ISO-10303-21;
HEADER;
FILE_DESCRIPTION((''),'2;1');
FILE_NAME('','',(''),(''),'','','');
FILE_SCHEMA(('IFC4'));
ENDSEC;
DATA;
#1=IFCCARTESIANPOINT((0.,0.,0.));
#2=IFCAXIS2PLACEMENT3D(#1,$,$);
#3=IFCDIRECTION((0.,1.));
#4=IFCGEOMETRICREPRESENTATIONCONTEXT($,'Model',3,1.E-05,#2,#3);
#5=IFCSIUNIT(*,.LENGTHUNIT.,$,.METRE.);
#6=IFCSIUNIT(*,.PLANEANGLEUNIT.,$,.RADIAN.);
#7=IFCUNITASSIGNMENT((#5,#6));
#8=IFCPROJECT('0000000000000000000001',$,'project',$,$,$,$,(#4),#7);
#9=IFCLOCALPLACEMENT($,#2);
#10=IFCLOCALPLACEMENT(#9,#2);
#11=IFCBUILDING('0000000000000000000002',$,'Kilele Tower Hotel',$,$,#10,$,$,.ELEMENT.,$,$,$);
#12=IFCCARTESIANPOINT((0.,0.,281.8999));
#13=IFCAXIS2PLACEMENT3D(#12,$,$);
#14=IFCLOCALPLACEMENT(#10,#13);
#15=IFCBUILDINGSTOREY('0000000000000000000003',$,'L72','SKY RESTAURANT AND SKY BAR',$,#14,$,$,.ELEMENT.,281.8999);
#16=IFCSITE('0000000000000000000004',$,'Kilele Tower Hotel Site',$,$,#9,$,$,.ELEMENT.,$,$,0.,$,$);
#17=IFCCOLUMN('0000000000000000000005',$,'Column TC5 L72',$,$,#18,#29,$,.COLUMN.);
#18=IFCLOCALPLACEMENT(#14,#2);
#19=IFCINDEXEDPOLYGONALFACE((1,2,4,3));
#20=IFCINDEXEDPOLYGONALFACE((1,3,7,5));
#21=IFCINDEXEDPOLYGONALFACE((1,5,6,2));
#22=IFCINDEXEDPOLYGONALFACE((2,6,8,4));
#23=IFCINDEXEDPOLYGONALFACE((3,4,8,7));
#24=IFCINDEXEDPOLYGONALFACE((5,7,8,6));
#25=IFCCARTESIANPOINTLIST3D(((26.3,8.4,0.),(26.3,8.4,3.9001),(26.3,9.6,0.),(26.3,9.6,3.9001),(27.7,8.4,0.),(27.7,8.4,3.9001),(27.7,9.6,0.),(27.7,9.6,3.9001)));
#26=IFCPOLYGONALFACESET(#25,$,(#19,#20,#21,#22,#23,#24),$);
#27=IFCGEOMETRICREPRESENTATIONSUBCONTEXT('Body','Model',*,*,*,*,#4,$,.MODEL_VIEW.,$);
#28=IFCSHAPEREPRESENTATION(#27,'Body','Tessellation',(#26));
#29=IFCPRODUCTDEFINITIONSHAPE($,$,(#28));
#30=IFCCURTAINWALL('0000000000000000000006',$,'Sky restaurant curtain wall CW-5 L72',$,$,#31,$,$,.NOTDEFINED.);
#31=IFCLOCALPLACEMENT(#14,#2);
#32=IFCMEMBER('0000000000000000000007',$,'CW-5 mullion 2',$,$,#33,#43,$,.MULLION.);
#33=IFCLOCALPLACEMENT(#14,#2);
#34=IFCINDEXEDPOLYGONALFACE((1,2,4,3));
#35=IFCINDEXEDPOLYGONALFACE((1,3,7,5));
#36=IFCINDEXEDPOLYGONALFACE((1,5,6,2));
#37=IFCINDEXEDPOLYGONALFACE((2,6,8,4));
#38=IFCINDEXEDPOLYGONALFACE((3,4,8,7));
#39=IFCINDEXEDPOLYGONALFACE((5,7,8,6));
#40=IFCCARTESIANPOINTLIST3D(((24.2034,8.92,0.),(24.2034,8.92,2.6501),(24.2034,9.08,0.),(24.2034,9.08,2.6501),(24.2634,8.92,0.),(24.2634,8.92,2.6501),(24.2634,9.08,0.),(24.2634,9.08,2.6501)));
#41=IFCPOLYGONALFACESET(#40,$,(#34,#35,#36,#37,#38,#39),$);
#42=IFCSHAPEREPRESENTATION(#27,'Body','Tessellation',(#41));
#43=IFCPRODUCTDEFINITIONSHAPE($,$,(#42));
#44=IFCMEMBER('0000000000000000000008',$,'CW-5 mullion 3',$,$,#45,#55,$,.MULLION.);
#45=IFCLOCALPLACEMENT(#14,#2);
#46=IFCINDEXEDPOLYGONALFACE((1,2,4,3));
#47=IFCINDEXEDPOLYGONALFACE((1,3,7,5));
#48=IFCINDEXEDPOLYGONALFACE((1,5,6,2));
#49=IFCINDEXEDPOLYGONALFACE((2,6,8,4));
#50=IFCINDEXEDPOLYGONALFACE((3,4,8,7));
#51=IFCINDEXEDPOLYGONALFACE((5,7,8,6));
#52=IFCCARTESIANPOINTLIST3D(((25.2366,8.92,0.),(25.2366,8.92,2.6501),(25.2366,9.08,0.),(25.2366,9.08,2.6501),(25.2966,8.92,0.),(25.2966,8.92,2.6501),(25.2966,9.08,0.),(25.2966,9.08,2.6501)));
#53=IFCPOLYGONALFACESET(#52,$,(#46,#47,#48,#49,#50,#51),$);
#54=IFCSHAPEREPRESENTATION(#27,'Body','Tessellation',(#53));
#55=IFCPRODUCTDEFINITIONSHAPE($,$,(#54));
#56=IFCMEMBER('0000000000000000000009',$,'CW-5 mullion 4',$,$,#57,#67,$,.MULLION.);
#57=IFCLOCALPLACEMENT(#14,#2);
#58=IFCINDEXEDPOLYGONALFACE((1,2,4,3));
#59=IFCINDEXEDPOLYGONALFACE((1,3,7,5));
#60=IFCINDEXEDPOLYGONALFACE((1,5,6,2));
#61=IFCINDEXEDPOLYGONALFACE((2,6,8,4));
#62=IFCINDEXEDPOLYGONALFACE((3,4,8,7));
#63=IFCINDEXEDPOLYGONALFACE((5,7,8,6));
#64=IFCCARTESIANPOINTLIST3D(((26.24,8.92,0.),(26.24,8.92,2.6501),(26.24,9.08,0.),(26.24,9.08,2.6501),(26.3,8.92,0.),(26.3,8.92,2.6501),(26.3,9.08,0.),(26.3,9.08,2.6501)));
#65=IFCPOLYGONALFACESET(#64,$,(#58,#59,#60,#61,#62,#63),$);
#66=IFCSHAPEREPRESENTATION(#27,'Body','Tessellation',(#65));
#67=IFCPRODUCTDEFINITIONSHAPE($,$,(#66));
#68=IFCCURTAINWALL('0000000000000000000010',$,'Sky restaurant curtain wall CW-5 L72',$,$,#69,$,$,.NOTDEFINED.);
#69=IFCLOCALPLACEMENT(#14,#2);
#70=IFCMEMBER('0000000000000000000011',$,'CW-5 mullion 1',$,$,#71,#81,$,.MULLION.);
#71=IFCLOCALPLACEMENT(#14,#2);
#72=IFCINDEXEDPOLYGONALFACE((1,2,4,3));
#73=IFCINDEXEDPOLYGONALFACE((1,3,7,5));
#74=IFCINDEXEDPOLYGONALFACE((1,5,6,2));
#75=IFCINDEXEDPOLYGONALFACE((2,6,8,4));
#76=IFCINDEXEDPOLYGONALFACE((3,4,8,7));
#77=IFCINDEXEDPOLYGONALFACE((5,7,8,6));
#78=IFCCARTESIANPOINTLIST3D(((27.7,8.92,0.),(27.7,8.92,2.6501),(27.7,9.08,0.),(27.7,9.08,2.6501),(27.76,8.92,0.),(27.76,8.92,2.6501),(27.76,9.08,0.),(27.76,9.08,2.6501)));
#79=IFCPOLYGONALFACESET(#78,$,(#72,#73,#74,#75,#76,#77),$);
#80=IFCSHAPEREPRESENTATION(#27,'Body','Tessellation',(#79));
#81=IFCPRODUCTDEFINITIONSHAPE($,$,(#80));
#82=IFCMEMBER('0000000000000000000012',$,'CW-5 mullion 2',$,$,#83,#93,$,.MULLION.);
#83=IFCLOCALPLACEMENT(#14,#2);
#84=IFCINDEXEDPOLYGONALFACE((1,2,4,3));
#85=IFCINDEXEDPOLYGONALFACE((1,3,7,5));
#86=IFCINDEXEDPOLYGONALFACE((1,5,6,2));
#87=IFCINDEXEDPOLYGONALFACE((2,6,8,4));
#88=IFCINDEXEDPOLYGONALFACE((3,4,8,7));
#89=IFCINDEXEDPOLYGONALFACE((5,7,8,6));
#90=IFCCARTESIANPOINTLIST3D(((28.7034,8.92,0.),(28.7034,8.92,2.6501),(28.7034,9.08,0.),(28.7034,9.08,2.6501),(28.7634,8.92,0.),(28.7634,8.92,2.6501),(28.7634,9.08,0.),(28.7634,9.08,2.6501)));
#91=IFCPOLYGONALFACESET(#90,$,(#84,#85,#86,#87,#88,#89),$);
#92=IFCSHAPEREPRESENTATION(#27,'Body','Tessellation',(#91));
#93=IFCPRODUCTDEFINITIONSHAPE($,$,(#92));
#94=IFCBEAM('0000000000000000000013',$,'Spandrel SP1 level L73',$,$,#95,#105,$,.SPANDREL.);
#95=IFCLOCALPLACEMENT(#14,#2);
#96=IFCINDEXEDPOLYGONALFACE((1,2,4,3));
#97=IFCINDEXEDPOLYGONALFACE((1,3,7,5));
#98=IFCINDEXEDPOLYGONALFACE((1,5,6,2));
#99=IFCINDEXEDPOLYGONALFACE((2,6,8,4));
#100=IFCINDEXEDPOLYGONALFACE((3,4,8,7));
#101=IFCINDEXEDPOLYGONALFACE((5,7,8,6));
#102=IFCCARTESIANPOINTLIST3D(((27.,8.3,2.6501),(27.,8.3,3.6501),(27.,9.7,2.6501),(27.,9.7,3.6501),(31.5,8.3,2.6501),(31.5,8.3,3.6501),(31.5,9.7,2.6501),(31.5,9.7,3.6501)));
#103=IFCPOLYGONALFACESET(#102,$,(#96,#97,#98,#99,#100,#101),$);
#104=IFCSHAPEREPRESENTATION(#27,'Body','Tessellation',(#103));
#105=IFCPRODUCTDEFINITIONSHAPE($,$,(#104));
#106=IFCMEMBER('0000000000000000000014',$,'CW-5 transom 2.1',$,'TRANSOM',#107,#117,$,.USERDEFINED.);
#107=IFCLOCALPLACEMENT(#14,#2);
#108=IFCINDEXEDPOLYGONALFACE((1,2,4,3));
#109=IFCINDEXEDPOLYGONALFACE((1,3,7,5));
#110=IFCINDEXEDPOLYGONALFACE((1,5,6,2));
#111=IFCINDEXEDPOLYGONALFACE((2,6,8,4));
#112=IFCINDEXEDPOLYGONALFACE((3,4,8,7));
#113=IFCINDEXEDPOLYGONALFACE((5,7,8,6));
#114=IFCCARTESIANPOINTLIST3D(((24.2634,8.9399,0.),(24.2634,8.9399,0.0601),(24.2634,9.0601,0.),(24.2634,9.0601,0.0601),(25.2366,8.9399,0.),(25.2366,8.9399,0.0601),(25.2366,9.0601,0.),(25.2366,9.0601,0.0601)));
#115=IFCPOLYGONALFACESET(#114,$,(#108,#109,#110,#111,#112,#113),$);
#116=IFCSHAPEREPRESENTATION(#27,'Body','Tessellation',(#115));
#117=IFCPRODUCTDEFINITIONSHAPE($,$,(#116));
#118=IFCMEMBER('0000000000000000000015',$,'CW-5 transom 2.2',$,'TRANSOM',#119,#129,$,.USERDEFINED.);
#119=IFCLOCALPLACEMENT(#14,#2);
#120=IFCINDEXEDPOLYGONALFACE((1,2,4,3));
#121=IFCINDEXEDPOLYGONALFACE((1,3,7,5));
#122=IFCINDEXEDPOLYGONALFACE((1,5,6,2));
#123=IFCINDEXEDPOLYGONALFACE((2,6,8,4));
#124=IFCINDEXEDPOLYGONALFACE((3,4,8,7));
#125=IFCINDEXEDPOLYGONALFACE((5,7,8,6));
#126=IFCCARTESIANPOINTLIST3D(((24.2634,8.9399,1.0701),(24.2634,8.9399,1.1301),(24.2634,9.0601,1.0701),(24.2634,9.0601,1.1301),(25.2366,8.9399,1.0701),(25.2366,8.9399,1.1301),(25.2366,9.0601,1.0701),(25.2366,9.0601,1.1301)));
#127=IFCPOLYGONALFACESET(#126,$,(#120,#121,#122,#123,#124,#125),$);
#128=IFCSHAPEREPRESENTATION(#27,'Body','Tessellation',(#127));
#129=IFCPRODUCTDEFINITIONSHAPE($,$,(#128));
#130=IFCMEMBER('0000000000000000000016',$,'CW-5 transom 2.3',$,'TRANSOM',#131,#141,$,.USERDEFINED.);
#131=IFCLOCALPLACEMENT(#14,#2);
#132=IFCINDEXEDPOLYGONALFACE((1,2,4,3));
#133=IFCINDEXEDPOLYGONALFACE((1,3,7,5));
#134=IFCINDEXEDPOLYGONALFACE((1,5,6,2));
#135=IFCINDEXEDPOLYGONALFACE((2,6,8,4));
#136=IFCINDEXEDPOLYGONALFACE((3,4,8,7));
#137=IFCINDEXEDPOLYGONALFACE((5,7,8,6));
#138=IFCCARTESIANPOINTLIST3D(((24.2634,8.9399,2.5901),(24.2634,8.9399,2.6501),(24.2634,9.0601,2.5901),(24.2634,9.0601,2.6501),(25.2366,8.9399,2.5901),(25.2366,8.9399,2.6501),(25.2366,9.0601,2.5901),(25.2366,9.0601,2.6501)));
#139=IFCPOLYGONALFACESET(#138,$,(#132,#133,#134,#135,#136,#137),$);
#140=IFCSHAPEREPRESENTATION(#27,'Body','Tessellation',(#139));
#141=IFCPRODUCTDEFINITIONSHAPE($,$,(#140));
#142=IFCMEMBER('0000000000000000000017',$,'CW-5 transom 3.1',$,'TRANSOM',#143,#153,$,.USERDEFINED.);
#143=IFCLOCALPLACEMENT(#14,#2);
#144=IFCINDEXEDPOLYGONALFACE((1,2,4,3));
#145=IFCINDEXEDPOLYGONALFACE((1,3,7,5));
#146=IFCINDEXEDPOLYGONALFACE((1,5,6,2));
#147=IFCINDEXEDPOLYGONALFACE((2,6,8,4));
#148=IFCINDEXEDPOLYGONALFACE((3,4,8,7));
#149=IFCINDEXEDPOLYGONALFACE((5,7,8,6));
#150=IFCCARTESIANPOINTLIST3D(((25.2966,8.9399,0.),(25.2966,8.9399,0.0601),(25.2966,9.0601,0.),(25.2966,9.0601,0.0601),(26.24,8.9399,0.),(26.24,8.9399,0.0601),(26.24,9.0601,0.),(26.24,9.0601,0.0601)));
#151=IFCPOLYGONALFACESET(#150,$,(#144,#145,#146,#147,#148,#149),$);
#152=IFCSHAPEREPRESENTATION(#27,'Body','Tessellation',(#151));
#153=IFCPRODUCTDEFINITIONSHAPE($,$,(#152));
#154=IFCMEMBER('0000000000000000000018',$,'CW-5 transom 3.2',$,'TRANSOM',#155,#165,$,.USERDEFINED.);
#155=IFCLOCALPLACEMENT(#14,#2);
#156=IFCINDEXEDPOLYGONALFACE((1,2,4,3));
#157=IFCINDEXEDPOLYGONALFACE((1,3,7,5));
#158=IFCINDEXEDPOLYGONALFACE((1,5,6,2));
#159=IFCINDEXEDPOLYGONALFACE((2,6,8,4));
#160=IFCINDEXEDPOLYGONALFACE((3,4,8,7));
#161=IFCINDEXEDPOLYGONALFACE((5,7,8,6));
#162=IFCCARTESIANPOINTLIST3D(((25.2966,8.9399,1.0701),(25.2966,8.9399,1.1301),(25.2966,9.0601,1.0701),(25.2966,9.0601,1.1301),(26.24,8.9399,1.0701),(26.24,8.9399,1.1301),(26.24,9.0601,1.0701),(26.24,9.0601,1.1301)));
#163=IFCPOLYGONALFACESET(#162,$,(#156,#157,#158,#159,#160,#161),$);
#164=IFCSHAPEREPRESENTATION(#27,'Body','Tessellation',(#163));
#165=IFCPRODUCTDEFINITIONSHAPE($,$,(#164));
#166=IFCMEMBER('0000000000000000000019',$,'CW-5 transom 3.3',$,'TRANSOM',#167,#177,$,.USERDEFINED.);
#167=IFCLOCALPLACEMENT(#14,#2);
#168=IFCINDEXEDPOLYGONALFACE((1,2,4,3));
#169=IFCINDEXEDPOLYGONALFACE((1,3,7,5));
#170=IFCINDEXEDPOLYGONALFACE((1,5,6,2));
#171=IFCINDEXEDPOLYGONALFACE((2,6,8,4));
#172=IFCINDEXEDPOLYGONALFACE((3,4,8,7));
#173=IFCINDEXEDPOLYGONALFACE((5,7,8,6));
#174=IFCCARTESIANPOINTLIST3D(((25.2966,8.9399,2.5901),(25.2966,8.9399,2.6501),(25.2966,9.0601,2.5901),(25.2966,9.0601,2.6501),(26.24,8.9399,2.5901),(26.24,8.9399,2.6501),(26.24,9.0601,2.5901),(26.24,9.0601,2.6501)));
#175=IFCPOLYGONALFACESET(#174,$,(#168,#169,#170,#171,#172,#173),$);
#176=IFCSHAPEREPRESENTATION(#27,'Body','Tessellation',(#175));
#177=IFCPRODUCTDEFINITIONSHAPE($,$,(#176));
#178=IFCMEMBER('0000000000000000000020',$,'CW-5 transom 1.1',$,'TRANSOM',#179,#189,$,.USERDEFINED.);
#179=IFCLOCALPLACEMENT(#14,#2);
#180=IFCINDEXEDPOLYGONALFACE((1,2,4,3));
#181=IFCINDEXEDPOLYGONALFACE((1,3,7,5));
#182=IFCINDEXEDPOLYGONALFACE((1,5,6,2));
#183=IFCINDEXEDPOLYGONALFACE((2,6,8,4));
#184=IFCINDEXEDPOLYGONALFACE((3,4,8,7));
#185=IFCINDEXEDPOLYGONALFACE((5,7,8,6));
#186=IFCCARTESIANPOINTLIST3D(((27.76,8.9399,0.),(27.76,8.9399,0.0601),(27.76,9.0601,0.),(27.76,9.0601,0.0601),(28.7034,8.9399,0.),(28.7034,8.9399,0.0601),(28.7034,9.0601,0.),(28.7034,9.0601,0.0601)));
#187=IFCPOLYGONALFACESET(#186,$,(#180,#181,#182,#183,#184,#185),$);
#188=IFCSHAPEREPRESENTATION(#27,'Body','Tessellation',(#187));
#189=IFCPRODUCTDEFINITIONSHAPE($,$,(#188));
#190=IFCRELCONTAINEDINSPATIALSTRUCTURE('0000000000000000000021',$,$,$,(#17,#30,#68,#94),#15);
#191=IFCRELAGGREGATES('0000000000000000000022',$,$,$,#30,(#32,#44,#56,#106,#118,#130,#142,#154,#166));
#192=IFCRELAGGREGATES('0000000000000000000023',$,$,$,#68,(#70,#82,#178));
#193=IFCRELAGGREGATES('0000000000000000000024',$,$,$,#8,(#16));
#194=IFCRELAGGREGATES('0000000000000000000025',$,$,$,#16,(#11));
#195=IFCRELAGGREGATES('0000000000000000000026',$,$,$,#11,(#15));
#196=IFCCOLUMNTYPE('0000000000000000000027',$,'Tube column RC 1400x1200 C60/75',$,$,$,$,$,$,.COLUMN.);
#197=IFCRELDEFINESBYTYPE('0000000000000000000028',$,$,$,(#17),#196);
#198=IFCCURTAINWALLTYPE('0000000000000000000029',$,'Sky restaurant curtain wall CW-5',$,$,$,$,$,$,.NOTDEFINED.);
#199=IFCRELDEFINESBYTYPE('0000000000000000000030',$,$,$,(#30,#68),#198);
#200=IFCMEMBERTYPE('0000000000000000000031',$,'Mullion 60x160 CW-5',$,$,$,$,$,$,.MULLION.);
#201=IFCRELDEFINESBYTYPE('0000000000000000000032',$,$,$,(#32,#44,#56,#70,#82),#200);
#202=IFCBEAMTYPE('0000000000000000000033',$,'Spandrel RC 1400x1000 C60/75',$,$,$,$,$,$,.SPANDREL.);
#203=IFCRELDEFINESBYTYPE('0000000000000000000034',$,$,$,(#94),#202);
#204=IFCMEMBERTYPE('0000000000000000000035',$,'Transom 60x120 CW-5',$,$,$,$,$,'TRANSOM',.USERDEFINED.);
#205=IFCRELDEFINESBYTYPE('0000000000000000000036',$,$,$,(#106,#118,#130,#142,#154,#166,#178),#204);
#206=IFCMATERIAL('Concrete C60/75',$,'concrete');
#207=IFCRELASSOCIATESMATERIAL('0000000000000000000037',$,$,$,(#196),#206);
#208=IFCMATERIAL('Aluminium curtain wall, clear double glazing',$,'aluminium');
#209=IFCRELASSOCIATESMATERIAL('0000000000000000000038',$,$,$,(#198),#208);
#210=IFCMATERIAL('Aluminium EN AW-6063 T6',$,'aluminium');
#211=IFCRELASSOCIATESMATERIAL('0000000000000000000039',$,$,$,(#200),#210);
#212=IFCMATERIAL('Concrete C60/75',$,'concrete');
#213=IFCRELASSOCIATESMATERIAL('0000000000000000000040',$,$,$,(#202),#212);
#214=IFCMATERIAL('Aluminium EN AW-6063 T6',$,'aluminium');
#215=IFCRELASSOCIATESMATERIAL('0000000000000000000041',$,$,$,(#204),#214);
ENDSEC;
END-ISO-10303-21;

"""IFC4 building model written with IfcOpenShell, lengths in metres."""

from ifc_helpers import new_model, si_unit, direction, frame, origin, origin_2d, place, context, subcontext, project, spatial, rectangle, extrude, material, material_profile, profile_set, type_object, element, aggregate, save


model = new_model("IFC4")

# Units and contexts
model_context = context("Model", 3, precision=1e-05, world=origin(), true_north=direction((0.0, 1.0)))
body_context = subcontext(model_context, "Body", "Model", "MODEL_VIEW")
ifc_project = project(units=[si_unit("LENGTHUNIT", "METRE"), si_unit("PLANEANGLEUNIT", "RADIAN")], contexts=[model_context])

# Site, building, storey
site_placement = place(None, origin())
site = spatial("IfcSite", under=ifc_project, at=site_placement, Name="Kilele Tower Hotel Site", CompositionType="ELEMENT", RefElevation=0.0)
building_placement = place(site_placement, origin())
building = spatial("IfcBuilding", under=site, at=building_placement, Name="Kilele Tower Hotel", CompositionType="ELEMENT")
storey_placement = place(building_placement, frame((0.0, 0.0, 281.8999)))
storey = spatial("IfcBuildingStorey", under=building, at=storey_placement, Name="L72", Description="SKY RESTAURANT AND SKY BAR", CompositionType="ELEMENT", Elevation=281.8999)

# Column
ifc_material_1 = material(Name="Concrete C60/75", Category="concrete")
ifc_material_profile_1 = material_profile(ifc_material_1, rectangle(XDim=1.3999, YDim=1.2, at=origin_2d()))
ifc_profile_set_1 = profile_set([ifc_material_profile_1], Name="Concrete C60/75")
column_type = type_object("IfcColumnType", Name="Tube column RC 1400x1200 C60/75", PredefinedType="COLUMN", material=ifc_profile_set_1)
column_placement = place(storey_placement, frame((27.0, 9.0, 0.0), z_axis=(0.0, 0.0, 1.0), x_axis=(1.0, 0.0, 0.0)))
element("IfcColumn", 1, at=column_placement, inside=storey, type_object=column_type, Name="Column TC5 L72", PredefinedType="COLUMN", context=body_context, shape_type="SweptSolid", body=[
    extrude(rectangle(XDim=1.3999, YDim=1.2, at=origin_2d()), origin(), (0.0, 0.0, 1.0), 3.9001),
])

# Curtain walls, members
ifc_material_2 = material(Name="Aluminium curtain wall, clear double glazing", Category="aluminium")
curtain_wall_type = type_object("IfcCurtainWallType", Name="Sky restaurant curtain wall CW-5", PredefinedType="NOTDEFINED", material=ifc_material_2)
curtain_wall_1_placement = place(storey_placement, origin())
curtain_wall_1 = element("IfcCurtainWall", 2, at=curtain_wall_1_placement, inside=storey, type_object=curtain_wall_type, Name="Sky restaurant curtain wall CW-5 L72", PredefinedType="NOTDEFINED")
ifc_material_3 = material(Name="Aluminium EN AW-6063 T6", Category="aluminium")
ifc_material_profile_2 = material_profile(ifc_material_3, rectangle(XDim=0.1599, YDim=0.0601, at=origin_2d()))
ifc_profile_set_2 = profile_set([ifc_material_profile_2], Name="Aluminium EN AW-6063 T6")
member_type_1 = type_object("IfcMemberType", Name="Mullion 60x160 CW-5", PredefinedType="MULLION", material=ifc_profile_set_2)
member_1_placement = place(storey_placement, frame((24.2334, 9.0, 0.0), z_axis=(0.0, 0.0, 1.0), x_axis=(0.0, 1.0, 0.0)))
member_1 = element("IfcMember", 3, at=member_1_placement, type_object=member_type_1, Name="CW-5 mullion 2", PredefinedType="MULLION", context=body_context, shape_type="SweptSolid", body=[
    extrude(rectangle(XDim=0.1599, YDim=0.0601, at=origin_2d()), origin(), (0.0, 0.0, 1.0), 2.6501),
])
member_2_placement = place(storey_placement, frame((25.2666, 9.0, 0.0), z_axis=(0.0, 0.0, 1.0), x_axis=(0.0, 1.0, 0.0)))
member_2 = element("IfcMember", 4, at=member_2_placement, type_object=member_type_1, Name="CW-5 mullion 3", PredefinedType="MULLION", context=body_context, shape_type="SweptSolid", body=[
    extrude(rectangle(XDim=0.1599, YDim=0.0601, at=origin_2d()), origin(), (0.0, 0.0, 1.0), 2.6501),
])
member_3_placement = place(storey_placement, frame((26.27, 9.0, 0.0), z_axis=(0.0, 0.0, 1.0), x_axis=(0.0, 1.0, 0.0)))
member_3 = element("IfcMember", 5, at=member_3_placement, type_object=member_type_1, Name="CW-5 mullion 4", PredefinedType="MULLION", context=body_context, shape_type="SweptSolid", body=[
    extrude(rectangle(XDim=0.1599, YDim=0.0601, at=origin_2d()), origin(), (0.0, 0.0, 1.0), 2.6501),
])
curtain_wall_2_placement = place(storey_placement, origin())
curtain_wall_2 = element("IfcCurtainWall", 6, at=curtain_wall_2_placement, inside=storey, type_object=curtain_wall_type, Name="Sky restaurant curtain wall CW-5 L72", PredefinedType="NOTDEFINED")
member_4_placement = place(storey_placement, frame((27.73, 9.0, 0.0), z_axis=(0.0, 0.0, 1.0), x_axis=(0.0, 1.0, 0.0)))
member_4 = element("IfcMember", 7, at=member_4_placement, type_object=member_type_1, Name="CW-5 mullion 1", PredefinedType="MULLION", context=body_context, shape_type="SweptSolid", body=[
    extrude(rectangle(XDim=0.1599, YDim=0.0601, at=origin_2d()), origin(), (0.0, 0.0, 1.0), 2.6501),
])
member_5_placement = place(storey_placement, frame((28.7334, 9.0, 0.0), z_axis=(0.0, 0.0, 1.0), x_axis=(0.0, 1.0, 0.0)))
member_5 = element("IfcMember", 8, at=member_5_placement, type_object=member_type_1, Name="CW-5 mullion 2", PredefinedType="MULLION", context=body_context, shape_type="SweptSolid", body=[
    extrude(rectangle(XDim=0.1599, YDim=0.0601, at=origin_2d()), origin(), (0.0, 0.0, 1.0), 2.6501),
])

# Beam
ifc_material_4 = material(Name="Concrete C60/75", Category="concrete")
ifc_material_profile_3 = material_profile(ifc_material_4, rectangle(XDim=1.3999, YDim=1.0, at=origin_2d()))
ifc_profile_set_3 = profile_set([ifc_material_profile_3], Name="Concrete C60/75")
beam_type = type_object("IfcBeamType", Name="Spandrel RC 1400x1000 C60/75", PredefinedType="SPANDREL", material=ifc_profile_set_3)
beam_placement = place(storey_placement, frame((27.0, 9.0, 3.1501), z_axis=(1.0, 0.0, 0.0), x_axis=(0.0, 1.0, 0.0)))
element("IfcBeam", 9, at=beam_placement, inside=storey, type_object=beam_type, Name="Spandrel SP1 level L73", PredefinedType="SPANDREL", context=body_context, shape_type="SweptSolid", body=[
    extrude(rectangle(XDim=1.3999, YDim=1.0, at=origin_2d()), origin(), (0.0, 0.0, 1.0), 4.5),
])

# Members
ifc_material_5 = material(Name="Aluminium EN AW-6063 T6", Category="aluminium")
ifc_material_profile_4 = material_profile(ifc_material_5, rectangle(XDim=0.1201, YDim=0.0601, at=origin_2d()))
ifc_profile_set_4 = profile_set([ifc_material_profile_4], Name="Aluminium EN AW-6063 T6")
member_type_2 = type_object("IfcMemberType", Name="Transom 60x120 CW-5", ElementType="TRANSOM", PredefinedType="USERDEFINED", material=ifc_profile_set_4)
member_6_placement = place(storey_placement, frame((24.2634, 9.0, 0.03), z_axis=(1.0, 0.0, 0.0), x_axis=(0.0, 1.0, 0.0)))
member_6 = element("IfcMember", 10, at=member_6_placement, type_object=member_type_2, Name="CW-5 transom 2.1", ObjectType="TRANSOM", PredefinedType="USERDEFINED", context=body_context, shape_type="SweptSolid", body=[
    extrude(rectangle(XDim=0.1201, YDim=0.0601, at=origin_2d()), origin(), (0.0, 0.0, 1.0), 0.9731),
])
member_7_placement = place(storey_placement, frame((24.2634, 9.0, 1.1001), z_axis=(1.0, 0.0, 0.0), x_axis=(0.0, 1.0, 0.0)))
member_7 = element("IfcMember", 11, at=member_7_placement, type_object=member_type_2, Name="CW-5 transom 2.2", ObjectType="TRANSOM", PredefinedType="USERDEFINED", context=body_context, shape_type="SweptSolid", body=[
    extrude(rectangle(XDim=0.1201, YDim=0.0601, at=origin_2d()), origin(), (0.0, 0.0, 1.0), 0.9731),
])
member_8_placement = place(storey_placement, frame((24.2634, 9.0, 2.6201), z_axis=(1.0, 0.0, 0.0), x_axis=(0.0, 1.0, 0.0)))
member_8 = element("IfcMember", 12, at=member_8_placement, type_object=member_type_2, Name="CW-5 transom 2.3", ObjectType="TRANSOM", PredefinedType="USERDEFINED", context=body_context, shape_type="SweptSolid", body=[
    extrude(rectangle(XDim=0.1201, YDim=0.0601, at=origin_2d()), origin(), (0.0, 0.0, 1.0), 0.9731),
])
member_9_placement = place(storey_placement, frame((25.2966, 9.0, 0.03), z_axis=(1.0, 0.0, 0.0), x_axis=(0.0, 1.0, 0.0)))
member_9 = element("IfcMember", 13, at=member_9_placement, type_object=member_type_2, Name="CW-5 transom 3.1", ObjectType="TRANSOM", PredefinedType="USERDEFINED", context=body_context, shape_type="SweptSolid", body=[
    extrude(rectangle(XDim=0.1201, YDim=0.0601, at=origin_2d()), origin(), (0.0, 0.0, 1.0), 0.9434),
])
member_10_placement = place(storey_placement, frame((25.2966, 9.0, 1.1001), z_axis=(1.0, 0.0, 0.0), x_axis=(0.0, 1.0, 0.0)))
member_10 = element("IfcMember", 14, at=member_10_placement, type_object=member_type_2, Name="CW-5 transom 3.2", ObjectType="TRANSOM", PredefinedType="USERDEFINED", context=body_context, shape_type="SweptSolid", body=[
    extrude(rectangle(XDim=0.1201, YDim=0.0601, at=origin_2d()), origin(), (0.0, 0.0, 1.0), 0.9434),
])
member_11_placement = place(storey_placement, frame((25.2966, 9.0, 2.6201), z_axis=(1.0, 0.0, 0.0), x_axis=(0.0, 1.0, 0.0)))
member_11 = element("IfcMember", 15, at=member_11_placement, type_object=member_type_2, Name="CW-5 transom 3.3", ObjectType="TRANSOM", PredefinedType="USERDEFINED", context=body_context, shape_type="SweptSolid", body=[
    extrude(rectangle(XDim=0.1201, YDim=0.0601, at=origin_2d()), origin(), (0.0, 0.0, 1.0), 0.9434),
])
member_12_placement = place(storey_placement, frame((27.76, 9.0, 0.03), z_axis=(1.0, 0.0, 0.0), x_axis=(0.0, 1.0, 0.0)))
member_12 = element("IfcMember", 16, at=member_12_placement, type_object=member_type_2, Name="CW-5 transom 1.1", ObjectType="TRANSOM", PredefinedType="USERDEFINED", context=body_context, shape_type="SweptSolid", body=[
    extrude(rectangle(XDim=0.1201, YDim=0.0601, at=origin_2d()), origin(), (0.0, 0.0, 1.0), 0.9434),
])

aggregate(curtain_wall_1, [member_1, member_2, member_3, member_6, member_7, member_8, member_9, member_10, member_11])
aggregate(curtain_wall_2, [member_4, member_5, member_12])

save(model, "model.ifc")
